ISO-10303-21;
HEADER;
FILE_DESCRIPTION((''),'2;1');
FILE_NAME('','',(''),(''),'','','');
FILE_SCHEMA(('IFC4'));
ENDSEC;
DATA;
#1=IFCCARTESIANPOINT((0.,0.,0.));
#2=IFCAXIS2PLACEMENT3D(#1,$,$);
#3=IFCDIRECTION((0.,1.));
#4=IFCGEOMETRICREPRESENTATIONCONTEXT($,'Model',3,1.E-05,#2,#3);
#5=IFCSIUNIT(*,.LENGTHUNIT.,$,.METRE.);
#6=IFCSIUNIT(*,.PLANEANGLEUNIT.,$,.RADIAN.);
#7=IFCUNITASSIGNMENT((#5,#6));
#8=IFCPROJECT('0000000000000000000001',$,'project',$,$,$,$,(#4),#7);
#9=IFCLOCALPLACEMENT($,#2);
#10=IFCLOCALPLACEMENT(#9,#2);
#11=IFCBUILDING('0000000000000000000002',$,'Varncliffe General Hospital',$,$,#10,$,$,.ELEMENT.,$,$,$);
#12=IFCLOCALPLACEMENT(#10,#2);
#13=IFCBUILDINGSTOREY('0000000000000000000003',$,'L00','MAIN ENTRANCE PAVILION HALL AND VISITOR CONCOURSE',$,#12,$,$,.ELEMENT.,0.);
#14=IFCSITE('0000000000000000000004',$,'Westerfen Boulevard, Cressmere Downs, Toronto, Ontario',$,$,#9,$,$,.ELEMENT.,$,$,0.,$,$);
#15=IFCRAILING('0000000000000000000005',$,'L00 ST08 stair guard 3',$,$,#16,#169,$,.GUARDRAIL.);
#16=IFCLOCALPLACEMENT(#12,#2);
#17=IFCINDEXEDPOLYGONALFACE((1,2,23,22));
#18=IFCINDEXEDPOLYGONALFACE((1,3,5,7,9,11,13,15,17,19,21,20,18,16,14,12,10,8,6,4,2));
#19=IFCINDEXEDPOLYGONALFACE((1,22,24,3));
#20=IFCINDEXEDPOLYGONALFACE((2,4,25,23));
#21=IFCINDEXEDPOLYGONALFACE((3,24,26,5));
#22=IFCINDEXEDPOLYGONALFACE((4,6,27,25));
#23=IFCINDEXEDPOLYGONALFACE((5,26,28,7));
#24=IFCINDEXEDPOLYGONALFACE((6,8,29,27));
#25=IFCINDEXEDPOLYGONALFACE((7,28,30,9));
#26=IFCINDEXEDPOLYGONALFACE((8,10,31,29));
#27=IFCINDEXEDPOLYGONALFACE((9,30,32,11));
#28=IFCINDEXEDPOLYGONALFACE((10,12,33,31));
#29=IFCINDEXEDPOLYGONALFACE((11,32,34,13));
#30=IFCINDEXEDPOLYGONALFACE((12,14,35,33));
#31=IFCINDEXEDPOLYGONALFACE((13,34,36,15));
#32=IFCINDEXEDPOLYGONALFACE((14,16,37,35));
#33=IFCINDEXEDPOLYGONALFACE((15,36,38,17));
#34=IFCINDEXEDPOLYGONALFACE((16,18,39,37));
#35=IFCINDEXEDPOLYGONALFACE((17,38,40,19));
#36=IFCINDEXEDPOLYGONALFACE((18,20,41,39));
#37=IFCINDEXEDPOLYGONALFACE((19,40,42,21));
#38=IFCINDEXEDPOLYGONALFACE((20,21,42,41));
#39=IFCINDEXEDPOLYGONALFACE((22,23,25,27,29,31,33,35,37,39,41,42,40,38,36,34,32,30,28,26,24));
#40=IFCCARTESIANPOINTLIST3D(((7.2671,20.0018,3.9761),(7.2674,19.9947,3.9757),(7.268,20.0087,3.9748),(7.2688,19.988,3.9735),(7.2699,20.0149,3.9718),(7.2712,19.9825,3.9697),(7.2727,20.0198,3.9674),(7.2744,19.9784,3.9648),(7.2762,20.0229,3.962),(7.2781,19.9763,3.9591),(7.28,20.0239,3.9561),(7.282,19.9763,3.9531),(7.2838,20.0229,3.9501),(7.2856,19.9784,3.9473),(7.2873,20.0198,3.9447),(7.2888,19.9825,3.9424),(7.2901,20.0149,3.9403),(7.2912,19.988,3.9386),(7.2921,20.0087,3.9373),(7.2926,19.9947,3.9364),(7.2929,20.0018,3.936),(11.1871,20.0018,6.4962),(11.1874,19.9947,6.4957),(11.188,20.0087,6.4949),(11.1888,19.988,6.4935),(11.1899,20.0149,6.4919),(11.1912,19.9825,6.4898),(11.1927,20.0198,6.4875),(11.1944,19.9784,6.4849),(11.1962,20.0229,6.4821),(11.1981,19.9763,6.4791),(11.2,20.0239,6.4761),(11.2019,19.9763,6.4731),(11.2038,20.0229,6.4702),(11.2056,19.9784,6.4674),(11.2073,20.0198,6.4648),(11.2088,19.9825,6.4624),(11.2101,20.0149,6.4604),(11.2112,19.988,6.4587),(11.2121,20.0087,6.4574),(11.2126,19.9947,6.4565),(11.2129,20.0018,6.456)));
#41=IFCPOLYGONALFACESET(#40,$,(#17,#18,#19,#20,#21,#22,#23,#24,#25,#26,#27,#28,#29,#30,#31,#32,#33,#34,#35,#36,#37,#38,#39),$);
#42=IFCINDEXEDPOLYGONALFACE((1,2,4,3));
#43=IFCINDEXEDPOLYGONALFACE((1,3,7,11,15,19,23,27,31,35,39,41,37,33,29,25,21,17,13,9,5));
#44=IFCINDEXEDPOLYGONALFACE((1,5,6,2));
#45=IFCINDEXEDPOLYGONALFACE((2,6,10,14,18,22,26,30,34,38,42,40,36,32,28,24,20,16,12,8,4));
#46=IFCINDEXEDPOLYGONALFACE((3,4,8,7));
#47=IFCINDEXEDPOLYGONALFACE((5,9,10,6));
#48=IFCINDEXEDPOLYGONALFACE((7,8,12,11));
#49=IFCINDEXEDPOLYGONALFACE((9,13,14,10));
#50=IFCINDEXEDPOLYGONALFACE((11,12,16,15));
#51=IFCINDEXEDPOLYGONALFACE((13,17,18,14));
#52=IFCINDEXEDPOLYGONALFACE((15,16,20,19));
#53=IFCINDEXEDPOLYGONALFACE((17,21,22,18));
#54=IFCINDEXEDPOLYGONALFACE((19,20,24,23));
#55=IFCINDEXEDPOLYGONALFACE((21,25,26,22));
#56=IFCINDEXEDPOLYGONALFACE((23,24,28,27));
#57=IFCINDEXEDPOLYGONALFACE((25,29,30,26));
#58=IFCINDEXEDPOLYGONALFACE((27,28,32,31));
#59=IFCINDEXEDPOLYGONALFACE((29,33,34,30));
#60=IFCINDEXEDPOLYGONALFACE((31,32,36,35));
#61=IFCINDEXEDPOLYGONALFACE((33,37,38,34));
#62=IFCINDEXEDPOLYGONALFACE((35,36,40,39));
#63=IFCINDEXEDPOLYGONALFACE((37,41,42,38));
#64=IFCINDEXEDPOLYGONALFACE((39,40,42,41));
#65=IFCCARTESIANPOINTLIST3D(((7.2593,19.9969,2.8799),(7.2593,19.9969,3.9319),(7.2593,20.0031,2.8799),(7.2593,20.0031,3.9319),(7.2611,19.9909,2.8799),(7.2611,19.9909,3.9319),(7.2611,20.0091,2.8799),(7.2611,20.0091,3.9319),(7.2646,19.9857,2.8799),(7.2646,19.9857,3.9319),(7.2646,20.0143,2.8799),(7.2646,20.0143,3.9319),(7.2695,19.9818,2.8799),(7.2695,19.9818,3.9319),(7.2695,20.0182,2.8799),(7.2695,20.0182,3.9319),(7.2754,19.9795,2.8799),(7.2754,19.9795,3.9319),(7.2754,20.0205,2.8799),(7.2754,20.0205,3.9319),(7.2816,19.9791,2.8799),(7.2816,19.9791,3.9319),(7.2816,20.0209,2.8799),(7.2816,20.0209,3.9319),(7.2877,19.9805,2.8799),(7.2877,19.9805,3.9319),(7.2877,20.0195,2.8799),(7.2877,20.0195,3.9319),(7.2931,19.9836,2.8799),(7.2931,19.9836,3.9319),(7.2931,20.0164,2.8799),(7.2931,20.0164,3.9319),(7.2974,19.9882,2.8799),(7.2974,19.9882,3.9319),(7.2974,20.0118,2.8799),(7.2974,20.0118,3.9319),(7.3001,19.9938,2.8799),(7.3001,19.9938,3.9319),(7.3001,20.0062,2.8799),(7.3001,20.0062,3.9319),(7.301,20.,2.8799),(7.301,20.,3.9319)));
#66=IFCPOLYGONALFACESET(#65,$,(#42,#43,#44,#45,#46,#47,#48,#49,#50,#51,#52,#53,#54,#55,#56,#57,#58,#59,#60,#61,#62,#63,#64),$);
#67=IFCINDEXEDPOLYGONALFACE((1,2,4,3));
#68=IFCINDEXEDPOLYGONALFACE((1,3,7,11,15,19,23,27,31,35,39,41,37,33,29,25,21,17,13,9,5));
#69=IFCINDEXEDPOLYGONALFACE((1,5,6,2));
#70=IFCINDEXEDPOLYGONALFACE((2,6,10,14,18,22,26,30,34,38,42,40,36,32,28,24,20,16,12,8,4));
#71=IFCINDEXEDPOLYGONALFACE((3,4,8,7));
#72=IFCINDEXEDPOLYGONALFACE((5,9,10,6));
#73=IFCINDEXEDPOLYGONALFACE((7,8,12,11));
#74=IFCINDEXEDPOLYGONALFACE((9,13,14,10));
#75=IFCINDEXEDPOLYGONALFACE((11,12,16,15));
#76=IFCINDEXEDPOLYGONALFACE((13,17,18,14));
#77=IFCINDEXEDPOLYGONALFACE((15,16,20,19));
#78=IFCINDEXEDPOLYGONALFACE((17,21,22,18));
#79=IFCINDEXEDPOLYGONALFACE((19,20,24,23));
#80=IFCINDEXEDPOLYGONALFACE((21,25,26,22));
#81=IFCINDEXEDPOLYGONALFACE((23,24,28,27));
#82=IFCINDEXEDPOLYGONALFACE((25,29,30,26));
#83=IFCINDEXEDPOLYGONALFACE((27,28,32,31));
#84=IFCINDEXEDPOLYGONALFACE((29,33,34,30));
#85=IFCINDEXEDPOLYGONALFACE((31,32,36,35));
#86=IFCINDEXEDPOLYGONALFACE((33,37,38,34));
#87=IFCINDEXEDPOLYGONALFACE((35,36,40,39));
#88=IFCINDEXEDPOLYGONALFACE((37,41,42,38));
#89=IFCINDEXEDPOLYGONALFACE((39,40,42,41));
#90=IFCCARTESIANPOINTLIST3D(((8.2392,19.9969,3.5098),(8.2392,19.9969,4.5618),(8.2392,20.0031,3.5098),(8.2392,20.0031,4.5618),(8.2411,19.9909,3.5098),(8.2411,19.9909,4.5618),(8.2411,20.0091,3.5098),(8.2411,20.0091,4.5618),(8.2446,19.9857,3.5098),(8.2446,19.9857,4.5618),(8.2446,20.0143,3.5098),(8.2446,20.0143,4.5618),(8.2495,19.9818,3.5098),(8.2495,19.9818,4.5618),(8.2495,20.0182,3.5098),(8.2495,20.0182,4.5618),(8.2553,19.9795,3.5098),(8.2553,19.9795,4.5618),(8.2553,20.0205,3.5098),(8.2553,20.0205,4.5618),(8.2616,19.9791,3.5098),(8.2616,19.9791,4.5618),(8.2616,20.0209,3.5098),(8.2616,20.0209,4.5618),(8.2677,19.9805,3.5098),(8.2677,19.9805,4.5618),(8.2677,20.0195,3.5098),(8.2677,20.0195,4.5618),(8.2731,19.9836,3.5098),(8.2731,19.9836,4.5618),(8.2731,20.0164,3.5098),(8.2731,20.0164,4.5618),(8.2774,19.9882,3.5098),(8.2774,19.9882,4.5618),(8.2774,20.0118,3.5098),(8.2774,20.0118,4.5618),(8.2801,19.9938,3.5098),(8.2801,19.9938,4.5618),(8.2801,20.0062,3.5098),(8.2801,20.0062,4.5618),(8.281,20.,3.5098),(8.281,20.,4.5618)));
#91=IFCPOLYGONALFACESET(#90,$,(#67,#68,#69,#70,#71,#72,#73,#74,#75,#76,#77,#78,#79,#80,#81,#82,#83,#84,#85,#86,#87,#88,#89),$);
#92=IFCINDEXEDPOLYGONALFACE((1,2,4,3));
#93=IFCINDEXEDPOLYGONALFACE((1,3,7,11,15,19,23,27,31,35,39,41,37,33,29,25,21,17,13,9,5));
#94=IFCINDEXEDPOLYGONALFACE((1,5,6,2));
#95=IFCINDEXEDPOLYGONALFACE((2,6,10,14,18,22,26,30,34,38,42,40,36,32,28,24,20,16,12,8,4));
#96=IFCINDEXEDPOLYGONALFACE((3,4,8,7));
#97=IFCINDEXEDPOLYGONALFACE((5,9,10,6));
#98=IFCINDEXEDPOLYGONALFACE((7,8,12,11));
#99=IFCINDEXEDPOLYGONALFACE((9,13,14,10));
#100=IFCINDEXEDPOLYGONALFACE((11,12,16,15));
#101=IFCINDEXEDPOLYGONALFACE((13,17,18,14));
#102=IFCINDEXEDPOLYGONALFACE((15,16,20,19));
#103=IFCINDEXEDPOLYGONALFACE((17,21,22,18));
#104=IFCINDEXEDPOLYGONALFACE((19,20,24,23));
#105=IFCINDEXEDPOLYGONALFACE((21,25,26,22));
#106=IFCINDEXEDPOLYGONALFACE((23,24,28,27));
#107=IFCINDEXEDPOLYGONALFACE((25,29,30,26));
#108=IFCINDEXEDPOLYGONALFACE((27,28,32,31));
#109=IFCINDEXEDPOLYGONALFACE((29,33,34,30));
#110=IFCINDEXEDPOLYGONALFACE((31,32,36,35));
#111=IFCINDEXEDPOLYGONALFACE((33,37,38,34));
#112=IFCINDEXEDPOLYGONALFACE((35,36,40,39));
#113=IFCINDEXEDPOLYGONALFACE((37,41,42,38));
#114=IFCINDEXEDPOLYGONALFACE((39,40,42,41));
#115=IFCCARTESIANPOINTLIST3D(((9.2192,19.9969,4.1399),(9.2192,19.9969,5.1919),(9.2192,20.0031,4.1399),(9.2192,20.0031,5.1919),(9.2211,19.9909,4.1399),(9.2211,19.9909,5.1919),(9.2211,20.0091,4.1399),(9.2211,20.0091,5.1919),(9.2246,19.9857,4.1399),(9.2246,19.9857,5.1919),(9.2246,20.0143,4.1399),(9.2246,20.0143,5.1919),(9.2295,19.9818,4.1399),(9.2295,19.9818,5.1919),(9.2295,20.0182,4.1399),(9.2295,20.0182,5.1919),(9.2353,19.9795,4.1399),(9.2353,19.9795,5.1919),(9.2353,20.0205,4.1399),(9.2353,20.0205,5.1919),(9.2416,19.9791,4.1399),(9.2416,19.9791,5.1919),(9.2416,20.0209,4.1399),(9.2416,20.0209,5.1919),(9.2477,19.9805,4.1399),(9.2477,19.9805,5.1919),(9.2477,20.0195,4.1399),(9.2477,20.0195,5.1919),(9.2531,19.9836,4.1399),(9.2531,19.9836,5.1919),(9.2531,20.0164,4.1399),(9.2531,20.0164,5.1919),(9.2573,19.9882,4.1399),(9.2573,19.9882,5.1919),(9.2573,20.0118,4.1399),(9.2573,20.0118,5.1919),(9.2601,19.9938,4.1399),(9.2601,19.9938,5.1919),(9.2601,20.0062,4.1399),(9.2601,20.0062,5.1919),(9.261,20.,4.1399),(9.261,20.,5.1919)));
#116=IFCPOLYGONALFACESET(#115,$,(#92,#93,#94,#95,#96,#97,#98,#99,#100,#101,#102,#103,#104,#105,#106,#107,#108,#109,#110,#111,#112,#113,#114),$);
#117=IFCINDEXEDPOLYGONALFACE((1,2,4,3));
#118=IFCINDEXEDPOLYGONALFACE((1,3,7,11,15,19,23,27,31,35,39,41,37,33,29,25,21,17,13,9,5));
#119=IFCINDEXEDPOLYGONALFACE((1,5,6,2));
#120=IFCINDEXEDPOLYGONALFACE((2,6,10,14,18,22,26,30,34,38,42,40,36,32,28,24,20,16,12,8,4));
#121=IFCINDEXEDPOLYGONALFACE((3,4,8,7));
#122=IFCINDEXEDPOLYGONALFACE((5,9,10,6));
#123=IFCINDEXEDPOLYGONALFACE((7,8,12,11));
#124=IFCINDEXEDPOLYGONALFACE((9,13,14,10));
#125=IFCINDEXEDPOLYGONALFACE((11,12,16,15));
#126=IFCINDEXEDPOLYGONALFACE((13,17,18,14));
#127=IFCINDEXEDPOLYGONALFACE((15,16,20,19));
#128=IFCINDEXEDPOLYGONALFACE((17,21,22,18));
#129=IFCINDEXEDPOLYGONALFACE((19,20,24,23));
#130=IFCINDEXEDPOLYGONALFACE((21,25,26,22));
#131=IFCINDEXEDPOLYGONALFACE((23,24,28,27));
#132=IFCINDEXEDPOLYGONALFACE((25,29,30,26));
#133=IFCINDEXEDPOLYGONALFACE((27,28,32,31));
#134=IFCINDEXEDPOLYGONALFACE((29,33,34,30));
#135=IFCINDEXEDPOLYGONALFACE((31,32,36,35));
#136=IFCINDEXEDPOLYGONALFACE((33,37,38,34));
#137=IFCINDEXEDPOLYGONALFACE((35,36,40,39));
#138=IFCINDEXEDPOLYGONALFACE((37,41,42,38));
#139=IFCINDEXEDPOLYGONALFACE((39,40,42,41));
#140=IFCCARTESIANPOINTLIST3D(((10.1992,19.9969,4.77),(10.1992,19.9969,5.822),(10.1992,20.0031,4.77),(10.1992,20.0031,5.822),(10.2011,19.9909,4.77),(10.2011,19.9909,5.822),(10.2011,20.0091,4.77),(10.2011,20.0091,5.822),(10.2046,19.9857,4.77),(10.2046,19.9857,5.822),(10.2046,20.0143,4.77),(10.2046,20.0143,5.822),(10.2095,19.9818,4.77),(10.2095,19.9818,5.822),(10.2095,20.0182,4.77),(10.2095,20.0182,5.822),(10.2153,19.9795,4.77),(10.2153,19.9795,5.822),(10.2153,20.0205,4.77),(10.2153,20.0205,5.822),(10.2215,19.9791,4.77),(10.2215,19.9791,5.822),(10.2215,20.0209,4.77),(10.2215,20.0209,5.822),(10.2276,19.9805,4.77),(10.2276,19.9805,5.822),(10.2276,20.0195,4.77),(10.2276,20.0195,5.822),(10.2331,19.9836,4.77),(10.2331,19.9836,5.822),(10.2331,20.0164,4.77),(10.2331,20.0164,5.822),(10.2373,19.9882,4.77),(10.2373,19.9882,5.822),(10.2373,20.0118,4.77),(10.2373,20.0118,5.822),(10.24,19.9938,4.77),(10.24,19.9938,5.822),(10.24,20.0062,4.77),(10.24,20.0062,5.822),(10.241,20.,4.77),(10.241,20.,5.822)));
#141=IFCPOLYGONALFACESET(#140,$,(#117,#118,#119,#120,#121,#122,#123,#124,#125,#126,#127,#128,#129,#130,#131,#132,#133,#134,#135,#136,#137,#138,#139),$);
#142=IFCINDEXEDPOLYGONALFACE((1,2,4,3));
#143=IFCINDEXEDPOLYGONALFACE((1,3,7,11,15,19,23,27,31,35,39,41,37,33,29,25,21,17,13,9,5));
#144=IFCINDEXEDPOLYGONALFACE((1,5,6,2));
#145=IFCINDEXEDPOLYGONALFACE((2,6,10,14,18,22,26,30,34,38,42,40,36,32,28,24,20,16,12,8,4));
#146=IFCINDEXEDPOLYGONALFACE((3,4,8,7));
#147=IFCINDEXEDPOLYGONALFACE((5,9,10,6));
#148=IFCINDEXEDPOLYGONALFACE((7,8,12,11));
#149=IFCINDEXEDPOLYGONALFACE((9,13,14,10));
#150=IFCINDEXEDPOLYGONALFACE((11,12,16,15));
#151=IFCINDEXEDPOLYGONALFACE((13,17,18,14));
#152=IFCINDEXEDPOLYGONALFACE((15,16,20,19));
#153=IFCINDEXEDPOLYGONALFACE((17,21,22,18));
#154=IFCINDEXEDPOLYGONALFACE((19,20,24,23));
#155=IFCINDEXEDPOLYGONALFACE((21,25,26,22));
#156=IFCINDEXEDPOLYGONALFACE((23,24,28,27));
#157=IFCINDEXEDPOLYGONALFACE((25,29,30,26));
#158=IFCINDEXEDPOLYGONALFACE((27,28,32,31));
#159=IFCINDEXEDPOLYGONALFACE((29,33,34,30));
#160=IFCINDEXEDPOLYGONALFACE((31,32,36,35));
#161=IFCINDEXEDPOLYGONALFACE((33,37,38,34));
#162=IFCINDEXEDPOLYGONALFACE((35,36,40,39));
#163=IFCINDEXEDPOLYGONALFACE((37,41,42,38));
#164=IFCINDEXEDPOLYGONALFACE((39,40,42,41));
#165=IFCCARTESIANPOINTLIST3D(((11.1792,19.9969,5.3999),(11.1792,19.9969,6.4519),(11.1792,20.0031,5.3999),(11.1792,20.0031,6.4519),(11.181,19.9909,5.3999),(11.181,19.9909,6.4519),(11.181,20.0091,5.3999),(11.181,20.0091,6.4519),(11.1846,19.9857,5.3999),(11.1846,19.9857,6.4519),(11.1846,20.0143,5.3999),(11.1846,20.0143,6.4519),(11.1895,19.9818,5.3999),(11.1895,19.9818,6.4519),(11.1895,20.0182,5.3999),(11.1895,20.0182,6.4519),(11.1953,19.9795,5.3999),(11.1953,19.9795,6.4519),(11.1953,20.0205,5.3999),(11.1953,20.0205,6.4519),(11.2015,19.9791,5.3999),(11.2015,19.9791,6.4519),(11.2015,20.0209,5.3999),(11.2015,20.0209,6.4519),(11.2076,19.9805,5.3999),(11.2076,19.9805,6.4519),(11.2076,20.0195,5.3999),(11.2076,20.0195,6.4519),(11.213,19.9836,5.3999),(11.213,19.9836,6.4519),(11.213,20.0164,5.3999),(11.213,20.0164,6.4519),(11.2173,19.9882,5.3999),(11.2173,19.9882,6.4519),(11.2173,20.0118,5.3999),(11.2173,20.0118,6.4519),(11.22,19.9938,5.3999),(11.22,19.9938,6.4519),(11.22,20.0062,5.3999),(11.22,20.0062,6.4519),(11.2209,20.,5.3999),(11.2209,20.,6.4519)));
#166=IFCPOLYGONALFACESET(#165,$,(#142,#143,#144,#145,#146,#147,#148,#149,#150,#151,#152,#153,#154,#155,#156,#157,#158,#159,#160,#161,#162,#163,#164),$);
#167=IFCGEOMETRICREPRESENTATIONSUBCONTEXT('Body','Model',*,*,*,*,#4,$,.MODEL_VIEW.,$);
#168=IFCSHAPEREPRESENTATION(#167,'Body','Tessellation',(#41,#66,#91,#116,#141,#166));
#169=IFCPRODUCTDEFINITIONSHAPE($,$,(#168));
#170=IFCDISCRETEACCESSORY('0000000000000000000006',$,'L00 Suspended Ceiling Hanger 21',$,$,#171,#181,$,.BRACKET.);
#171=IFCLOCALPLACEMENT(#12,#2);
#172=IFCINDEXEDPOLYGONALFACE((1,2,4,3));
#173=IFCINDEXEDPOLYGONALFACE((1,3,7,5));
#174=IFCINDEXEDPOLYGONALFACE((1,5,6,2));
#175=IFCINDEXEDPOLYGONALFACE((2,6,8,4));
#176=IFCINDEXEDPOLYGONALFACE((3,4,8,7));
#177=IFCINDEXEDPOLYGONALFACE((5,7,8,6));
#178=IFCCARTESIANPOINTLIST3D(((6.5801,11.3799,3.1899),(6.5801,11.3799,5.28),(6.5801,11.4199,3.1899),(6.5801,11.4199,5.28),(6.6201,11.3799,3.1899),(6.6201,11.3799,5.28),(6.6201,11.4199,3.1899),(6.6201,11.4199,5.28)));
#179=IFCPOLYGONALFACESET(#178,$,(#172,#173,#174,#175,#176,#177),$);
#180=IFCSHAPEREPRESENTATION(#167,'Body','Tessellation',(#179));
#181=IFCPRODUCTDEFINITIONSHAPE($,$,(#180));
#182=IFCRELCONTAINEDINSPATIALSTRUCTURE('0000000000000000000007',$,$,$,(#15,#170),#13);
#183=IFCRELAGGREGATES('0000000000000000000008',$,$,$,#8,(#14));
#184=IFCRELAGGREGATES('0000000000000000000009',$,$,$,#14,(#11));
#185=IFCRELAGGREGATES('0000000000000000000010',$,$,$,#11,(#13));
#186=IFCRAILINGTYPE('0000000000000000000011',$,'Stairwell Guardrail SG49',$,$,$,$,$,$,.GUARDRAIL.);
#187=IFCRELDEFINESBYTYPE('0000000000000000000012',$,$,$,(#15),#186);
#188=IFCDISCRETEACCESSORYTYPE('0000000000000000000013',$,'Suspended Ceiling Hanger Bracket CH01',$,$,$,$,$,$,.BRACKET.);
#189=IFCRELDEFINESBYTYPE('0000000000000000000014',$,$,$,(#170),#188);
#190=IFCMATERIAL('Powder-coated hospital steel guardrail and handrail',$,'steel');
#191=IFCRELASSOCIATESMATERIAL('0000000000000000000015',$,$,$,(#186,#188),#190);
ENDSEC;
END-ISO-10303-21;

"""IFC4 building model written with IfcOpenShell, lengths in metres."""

from ifc_helpers import new_model, si_unit, direction, frame, origin, origin_2d, place, context, subcontext, project, spatial, rectangle, circle, extrude, material, type_object, element, save


model = new_model("IFC4")

# Units and contexts
model_context = context("Model", 3, precision=1e-05, world=origin(), true_north=direction((0.0, 1.0)))
body_context = subcontext(model_context, "Body", "Model", "MODEL_VIEW")
ifc_project = project(units=[si_unit("LENGTHUNIT", "METRE"), si_unit("PLANEANGLEUNIT", "RADIAN")], contexts=[model_context])

# Site, building, storey
site_placement = place(None, origin())
site = spatial("IfcSite", under=ifc_project, at=site_placement, Name="Westerfen Boulevard, Cressmere Downs, Toronto, Ontario", CompositionType="ELEMENT", RefElevation=0.0)
building_placement = place(site_placement, origin())
building = spatial("IfcBuilding", under=site, at=building_placement, Name="Varncliffe General Hospital", CompositionType="ELEMENT")
storey_placement = place(building_placement, origin())
storey = spatial("IfcBuildingStorey", under=building, at=storey_placement, Name="L00", Description="MAIN ENTRANCE PAVILION HALL AND VISITOR CONCOURSE", CompositionType="ELEMENT", Elevation=0.0)

# Railing
ifc_material_1 = material(Name="Powder-coated hospital steel guardrail and handrail", Category="steel")
railing_type_1 = type_object("IfcRailingType", Name="Stairwell Guardrail SG49", PredefinedType="GUARDRAIL", material=ifc_material_1)
railing_1_placement = place(storey_placement, frame((7.28, 20.0, 2.8799)))
element("IfcRailing", 1, at=railing_1_placement, inside=storey, type_object=railing_type_1, Name="L00 ST08 stair guard 3", PredefinedType="GUARDRAIL", context=body_context, shape_type="SweptSolid", body=[
    extrude(circle(Radius=0.0239, at=origin_2d()), frame((0.0, 0.0, 1.0762), z_axis=(0.841172, 0.0, 0.540768), x_axis=(0.0, 1.0, 0.0)), (0.0, 0.0, 1.0), 4.6602),
    extrude(circle(Radius=0.021, at=origin_2d()), origin(), (0.0, 0.0, 1.0), 1.052),
    extrude(circle(Radius=0.021, at=origin_2d()), frame((0.98, 0.0, 0.6299)), (0.0, 0.0, 1.0), 1.052),
    extrude(circle(Radius=0.021, at=origin_2d()), frame((1.96, 0.0, 1.26)), (0.0, 0.0, 1.0), 1.052),
    extrude(circle(Radius=0.021, at=origin_2d()), frame((2.9399, 0.0, 1.8901)), (0.0, 0.0, 1.0), 1.052),
    extrude(circle(Radius=0.021, at=origin_2d()), frame((3.9199, 0.0, 2.52)), (0.0, 0.0, 1.0), 1.052),
])

# Discrete accessory
discrete_accessory_type = type_object("IfcDiscreteAccessoryType", Name="Suspended Ceiling Hanger Bracket CH01", PredefinedType="BRACKET", material=ifc_material_1)
discrete_accessory_placement = place(storey_placement, frame((6.6001, 11.3999, 3.1899), z_axis=(0.0, 0.0, 1.0), x_axis=(1.0, 0.0, 0.0)))
element("IfcDiscreteAccessory", 2, at=discrete_accessory_placement, inside=storey, type_object=discrete_accessory_type, Name="L00 Suspended Ceiling Hanger 21", PredefinedType="BRACKET", context=body_context, shape_type="SweptSolid", body=[
    extrude(rectangle(XDim=0.04, YDim=0.04, at=origin_2d()), origin(), (0.0, 0.0, 1.0), 2.0901),
])

save(model, "model.ifc")
